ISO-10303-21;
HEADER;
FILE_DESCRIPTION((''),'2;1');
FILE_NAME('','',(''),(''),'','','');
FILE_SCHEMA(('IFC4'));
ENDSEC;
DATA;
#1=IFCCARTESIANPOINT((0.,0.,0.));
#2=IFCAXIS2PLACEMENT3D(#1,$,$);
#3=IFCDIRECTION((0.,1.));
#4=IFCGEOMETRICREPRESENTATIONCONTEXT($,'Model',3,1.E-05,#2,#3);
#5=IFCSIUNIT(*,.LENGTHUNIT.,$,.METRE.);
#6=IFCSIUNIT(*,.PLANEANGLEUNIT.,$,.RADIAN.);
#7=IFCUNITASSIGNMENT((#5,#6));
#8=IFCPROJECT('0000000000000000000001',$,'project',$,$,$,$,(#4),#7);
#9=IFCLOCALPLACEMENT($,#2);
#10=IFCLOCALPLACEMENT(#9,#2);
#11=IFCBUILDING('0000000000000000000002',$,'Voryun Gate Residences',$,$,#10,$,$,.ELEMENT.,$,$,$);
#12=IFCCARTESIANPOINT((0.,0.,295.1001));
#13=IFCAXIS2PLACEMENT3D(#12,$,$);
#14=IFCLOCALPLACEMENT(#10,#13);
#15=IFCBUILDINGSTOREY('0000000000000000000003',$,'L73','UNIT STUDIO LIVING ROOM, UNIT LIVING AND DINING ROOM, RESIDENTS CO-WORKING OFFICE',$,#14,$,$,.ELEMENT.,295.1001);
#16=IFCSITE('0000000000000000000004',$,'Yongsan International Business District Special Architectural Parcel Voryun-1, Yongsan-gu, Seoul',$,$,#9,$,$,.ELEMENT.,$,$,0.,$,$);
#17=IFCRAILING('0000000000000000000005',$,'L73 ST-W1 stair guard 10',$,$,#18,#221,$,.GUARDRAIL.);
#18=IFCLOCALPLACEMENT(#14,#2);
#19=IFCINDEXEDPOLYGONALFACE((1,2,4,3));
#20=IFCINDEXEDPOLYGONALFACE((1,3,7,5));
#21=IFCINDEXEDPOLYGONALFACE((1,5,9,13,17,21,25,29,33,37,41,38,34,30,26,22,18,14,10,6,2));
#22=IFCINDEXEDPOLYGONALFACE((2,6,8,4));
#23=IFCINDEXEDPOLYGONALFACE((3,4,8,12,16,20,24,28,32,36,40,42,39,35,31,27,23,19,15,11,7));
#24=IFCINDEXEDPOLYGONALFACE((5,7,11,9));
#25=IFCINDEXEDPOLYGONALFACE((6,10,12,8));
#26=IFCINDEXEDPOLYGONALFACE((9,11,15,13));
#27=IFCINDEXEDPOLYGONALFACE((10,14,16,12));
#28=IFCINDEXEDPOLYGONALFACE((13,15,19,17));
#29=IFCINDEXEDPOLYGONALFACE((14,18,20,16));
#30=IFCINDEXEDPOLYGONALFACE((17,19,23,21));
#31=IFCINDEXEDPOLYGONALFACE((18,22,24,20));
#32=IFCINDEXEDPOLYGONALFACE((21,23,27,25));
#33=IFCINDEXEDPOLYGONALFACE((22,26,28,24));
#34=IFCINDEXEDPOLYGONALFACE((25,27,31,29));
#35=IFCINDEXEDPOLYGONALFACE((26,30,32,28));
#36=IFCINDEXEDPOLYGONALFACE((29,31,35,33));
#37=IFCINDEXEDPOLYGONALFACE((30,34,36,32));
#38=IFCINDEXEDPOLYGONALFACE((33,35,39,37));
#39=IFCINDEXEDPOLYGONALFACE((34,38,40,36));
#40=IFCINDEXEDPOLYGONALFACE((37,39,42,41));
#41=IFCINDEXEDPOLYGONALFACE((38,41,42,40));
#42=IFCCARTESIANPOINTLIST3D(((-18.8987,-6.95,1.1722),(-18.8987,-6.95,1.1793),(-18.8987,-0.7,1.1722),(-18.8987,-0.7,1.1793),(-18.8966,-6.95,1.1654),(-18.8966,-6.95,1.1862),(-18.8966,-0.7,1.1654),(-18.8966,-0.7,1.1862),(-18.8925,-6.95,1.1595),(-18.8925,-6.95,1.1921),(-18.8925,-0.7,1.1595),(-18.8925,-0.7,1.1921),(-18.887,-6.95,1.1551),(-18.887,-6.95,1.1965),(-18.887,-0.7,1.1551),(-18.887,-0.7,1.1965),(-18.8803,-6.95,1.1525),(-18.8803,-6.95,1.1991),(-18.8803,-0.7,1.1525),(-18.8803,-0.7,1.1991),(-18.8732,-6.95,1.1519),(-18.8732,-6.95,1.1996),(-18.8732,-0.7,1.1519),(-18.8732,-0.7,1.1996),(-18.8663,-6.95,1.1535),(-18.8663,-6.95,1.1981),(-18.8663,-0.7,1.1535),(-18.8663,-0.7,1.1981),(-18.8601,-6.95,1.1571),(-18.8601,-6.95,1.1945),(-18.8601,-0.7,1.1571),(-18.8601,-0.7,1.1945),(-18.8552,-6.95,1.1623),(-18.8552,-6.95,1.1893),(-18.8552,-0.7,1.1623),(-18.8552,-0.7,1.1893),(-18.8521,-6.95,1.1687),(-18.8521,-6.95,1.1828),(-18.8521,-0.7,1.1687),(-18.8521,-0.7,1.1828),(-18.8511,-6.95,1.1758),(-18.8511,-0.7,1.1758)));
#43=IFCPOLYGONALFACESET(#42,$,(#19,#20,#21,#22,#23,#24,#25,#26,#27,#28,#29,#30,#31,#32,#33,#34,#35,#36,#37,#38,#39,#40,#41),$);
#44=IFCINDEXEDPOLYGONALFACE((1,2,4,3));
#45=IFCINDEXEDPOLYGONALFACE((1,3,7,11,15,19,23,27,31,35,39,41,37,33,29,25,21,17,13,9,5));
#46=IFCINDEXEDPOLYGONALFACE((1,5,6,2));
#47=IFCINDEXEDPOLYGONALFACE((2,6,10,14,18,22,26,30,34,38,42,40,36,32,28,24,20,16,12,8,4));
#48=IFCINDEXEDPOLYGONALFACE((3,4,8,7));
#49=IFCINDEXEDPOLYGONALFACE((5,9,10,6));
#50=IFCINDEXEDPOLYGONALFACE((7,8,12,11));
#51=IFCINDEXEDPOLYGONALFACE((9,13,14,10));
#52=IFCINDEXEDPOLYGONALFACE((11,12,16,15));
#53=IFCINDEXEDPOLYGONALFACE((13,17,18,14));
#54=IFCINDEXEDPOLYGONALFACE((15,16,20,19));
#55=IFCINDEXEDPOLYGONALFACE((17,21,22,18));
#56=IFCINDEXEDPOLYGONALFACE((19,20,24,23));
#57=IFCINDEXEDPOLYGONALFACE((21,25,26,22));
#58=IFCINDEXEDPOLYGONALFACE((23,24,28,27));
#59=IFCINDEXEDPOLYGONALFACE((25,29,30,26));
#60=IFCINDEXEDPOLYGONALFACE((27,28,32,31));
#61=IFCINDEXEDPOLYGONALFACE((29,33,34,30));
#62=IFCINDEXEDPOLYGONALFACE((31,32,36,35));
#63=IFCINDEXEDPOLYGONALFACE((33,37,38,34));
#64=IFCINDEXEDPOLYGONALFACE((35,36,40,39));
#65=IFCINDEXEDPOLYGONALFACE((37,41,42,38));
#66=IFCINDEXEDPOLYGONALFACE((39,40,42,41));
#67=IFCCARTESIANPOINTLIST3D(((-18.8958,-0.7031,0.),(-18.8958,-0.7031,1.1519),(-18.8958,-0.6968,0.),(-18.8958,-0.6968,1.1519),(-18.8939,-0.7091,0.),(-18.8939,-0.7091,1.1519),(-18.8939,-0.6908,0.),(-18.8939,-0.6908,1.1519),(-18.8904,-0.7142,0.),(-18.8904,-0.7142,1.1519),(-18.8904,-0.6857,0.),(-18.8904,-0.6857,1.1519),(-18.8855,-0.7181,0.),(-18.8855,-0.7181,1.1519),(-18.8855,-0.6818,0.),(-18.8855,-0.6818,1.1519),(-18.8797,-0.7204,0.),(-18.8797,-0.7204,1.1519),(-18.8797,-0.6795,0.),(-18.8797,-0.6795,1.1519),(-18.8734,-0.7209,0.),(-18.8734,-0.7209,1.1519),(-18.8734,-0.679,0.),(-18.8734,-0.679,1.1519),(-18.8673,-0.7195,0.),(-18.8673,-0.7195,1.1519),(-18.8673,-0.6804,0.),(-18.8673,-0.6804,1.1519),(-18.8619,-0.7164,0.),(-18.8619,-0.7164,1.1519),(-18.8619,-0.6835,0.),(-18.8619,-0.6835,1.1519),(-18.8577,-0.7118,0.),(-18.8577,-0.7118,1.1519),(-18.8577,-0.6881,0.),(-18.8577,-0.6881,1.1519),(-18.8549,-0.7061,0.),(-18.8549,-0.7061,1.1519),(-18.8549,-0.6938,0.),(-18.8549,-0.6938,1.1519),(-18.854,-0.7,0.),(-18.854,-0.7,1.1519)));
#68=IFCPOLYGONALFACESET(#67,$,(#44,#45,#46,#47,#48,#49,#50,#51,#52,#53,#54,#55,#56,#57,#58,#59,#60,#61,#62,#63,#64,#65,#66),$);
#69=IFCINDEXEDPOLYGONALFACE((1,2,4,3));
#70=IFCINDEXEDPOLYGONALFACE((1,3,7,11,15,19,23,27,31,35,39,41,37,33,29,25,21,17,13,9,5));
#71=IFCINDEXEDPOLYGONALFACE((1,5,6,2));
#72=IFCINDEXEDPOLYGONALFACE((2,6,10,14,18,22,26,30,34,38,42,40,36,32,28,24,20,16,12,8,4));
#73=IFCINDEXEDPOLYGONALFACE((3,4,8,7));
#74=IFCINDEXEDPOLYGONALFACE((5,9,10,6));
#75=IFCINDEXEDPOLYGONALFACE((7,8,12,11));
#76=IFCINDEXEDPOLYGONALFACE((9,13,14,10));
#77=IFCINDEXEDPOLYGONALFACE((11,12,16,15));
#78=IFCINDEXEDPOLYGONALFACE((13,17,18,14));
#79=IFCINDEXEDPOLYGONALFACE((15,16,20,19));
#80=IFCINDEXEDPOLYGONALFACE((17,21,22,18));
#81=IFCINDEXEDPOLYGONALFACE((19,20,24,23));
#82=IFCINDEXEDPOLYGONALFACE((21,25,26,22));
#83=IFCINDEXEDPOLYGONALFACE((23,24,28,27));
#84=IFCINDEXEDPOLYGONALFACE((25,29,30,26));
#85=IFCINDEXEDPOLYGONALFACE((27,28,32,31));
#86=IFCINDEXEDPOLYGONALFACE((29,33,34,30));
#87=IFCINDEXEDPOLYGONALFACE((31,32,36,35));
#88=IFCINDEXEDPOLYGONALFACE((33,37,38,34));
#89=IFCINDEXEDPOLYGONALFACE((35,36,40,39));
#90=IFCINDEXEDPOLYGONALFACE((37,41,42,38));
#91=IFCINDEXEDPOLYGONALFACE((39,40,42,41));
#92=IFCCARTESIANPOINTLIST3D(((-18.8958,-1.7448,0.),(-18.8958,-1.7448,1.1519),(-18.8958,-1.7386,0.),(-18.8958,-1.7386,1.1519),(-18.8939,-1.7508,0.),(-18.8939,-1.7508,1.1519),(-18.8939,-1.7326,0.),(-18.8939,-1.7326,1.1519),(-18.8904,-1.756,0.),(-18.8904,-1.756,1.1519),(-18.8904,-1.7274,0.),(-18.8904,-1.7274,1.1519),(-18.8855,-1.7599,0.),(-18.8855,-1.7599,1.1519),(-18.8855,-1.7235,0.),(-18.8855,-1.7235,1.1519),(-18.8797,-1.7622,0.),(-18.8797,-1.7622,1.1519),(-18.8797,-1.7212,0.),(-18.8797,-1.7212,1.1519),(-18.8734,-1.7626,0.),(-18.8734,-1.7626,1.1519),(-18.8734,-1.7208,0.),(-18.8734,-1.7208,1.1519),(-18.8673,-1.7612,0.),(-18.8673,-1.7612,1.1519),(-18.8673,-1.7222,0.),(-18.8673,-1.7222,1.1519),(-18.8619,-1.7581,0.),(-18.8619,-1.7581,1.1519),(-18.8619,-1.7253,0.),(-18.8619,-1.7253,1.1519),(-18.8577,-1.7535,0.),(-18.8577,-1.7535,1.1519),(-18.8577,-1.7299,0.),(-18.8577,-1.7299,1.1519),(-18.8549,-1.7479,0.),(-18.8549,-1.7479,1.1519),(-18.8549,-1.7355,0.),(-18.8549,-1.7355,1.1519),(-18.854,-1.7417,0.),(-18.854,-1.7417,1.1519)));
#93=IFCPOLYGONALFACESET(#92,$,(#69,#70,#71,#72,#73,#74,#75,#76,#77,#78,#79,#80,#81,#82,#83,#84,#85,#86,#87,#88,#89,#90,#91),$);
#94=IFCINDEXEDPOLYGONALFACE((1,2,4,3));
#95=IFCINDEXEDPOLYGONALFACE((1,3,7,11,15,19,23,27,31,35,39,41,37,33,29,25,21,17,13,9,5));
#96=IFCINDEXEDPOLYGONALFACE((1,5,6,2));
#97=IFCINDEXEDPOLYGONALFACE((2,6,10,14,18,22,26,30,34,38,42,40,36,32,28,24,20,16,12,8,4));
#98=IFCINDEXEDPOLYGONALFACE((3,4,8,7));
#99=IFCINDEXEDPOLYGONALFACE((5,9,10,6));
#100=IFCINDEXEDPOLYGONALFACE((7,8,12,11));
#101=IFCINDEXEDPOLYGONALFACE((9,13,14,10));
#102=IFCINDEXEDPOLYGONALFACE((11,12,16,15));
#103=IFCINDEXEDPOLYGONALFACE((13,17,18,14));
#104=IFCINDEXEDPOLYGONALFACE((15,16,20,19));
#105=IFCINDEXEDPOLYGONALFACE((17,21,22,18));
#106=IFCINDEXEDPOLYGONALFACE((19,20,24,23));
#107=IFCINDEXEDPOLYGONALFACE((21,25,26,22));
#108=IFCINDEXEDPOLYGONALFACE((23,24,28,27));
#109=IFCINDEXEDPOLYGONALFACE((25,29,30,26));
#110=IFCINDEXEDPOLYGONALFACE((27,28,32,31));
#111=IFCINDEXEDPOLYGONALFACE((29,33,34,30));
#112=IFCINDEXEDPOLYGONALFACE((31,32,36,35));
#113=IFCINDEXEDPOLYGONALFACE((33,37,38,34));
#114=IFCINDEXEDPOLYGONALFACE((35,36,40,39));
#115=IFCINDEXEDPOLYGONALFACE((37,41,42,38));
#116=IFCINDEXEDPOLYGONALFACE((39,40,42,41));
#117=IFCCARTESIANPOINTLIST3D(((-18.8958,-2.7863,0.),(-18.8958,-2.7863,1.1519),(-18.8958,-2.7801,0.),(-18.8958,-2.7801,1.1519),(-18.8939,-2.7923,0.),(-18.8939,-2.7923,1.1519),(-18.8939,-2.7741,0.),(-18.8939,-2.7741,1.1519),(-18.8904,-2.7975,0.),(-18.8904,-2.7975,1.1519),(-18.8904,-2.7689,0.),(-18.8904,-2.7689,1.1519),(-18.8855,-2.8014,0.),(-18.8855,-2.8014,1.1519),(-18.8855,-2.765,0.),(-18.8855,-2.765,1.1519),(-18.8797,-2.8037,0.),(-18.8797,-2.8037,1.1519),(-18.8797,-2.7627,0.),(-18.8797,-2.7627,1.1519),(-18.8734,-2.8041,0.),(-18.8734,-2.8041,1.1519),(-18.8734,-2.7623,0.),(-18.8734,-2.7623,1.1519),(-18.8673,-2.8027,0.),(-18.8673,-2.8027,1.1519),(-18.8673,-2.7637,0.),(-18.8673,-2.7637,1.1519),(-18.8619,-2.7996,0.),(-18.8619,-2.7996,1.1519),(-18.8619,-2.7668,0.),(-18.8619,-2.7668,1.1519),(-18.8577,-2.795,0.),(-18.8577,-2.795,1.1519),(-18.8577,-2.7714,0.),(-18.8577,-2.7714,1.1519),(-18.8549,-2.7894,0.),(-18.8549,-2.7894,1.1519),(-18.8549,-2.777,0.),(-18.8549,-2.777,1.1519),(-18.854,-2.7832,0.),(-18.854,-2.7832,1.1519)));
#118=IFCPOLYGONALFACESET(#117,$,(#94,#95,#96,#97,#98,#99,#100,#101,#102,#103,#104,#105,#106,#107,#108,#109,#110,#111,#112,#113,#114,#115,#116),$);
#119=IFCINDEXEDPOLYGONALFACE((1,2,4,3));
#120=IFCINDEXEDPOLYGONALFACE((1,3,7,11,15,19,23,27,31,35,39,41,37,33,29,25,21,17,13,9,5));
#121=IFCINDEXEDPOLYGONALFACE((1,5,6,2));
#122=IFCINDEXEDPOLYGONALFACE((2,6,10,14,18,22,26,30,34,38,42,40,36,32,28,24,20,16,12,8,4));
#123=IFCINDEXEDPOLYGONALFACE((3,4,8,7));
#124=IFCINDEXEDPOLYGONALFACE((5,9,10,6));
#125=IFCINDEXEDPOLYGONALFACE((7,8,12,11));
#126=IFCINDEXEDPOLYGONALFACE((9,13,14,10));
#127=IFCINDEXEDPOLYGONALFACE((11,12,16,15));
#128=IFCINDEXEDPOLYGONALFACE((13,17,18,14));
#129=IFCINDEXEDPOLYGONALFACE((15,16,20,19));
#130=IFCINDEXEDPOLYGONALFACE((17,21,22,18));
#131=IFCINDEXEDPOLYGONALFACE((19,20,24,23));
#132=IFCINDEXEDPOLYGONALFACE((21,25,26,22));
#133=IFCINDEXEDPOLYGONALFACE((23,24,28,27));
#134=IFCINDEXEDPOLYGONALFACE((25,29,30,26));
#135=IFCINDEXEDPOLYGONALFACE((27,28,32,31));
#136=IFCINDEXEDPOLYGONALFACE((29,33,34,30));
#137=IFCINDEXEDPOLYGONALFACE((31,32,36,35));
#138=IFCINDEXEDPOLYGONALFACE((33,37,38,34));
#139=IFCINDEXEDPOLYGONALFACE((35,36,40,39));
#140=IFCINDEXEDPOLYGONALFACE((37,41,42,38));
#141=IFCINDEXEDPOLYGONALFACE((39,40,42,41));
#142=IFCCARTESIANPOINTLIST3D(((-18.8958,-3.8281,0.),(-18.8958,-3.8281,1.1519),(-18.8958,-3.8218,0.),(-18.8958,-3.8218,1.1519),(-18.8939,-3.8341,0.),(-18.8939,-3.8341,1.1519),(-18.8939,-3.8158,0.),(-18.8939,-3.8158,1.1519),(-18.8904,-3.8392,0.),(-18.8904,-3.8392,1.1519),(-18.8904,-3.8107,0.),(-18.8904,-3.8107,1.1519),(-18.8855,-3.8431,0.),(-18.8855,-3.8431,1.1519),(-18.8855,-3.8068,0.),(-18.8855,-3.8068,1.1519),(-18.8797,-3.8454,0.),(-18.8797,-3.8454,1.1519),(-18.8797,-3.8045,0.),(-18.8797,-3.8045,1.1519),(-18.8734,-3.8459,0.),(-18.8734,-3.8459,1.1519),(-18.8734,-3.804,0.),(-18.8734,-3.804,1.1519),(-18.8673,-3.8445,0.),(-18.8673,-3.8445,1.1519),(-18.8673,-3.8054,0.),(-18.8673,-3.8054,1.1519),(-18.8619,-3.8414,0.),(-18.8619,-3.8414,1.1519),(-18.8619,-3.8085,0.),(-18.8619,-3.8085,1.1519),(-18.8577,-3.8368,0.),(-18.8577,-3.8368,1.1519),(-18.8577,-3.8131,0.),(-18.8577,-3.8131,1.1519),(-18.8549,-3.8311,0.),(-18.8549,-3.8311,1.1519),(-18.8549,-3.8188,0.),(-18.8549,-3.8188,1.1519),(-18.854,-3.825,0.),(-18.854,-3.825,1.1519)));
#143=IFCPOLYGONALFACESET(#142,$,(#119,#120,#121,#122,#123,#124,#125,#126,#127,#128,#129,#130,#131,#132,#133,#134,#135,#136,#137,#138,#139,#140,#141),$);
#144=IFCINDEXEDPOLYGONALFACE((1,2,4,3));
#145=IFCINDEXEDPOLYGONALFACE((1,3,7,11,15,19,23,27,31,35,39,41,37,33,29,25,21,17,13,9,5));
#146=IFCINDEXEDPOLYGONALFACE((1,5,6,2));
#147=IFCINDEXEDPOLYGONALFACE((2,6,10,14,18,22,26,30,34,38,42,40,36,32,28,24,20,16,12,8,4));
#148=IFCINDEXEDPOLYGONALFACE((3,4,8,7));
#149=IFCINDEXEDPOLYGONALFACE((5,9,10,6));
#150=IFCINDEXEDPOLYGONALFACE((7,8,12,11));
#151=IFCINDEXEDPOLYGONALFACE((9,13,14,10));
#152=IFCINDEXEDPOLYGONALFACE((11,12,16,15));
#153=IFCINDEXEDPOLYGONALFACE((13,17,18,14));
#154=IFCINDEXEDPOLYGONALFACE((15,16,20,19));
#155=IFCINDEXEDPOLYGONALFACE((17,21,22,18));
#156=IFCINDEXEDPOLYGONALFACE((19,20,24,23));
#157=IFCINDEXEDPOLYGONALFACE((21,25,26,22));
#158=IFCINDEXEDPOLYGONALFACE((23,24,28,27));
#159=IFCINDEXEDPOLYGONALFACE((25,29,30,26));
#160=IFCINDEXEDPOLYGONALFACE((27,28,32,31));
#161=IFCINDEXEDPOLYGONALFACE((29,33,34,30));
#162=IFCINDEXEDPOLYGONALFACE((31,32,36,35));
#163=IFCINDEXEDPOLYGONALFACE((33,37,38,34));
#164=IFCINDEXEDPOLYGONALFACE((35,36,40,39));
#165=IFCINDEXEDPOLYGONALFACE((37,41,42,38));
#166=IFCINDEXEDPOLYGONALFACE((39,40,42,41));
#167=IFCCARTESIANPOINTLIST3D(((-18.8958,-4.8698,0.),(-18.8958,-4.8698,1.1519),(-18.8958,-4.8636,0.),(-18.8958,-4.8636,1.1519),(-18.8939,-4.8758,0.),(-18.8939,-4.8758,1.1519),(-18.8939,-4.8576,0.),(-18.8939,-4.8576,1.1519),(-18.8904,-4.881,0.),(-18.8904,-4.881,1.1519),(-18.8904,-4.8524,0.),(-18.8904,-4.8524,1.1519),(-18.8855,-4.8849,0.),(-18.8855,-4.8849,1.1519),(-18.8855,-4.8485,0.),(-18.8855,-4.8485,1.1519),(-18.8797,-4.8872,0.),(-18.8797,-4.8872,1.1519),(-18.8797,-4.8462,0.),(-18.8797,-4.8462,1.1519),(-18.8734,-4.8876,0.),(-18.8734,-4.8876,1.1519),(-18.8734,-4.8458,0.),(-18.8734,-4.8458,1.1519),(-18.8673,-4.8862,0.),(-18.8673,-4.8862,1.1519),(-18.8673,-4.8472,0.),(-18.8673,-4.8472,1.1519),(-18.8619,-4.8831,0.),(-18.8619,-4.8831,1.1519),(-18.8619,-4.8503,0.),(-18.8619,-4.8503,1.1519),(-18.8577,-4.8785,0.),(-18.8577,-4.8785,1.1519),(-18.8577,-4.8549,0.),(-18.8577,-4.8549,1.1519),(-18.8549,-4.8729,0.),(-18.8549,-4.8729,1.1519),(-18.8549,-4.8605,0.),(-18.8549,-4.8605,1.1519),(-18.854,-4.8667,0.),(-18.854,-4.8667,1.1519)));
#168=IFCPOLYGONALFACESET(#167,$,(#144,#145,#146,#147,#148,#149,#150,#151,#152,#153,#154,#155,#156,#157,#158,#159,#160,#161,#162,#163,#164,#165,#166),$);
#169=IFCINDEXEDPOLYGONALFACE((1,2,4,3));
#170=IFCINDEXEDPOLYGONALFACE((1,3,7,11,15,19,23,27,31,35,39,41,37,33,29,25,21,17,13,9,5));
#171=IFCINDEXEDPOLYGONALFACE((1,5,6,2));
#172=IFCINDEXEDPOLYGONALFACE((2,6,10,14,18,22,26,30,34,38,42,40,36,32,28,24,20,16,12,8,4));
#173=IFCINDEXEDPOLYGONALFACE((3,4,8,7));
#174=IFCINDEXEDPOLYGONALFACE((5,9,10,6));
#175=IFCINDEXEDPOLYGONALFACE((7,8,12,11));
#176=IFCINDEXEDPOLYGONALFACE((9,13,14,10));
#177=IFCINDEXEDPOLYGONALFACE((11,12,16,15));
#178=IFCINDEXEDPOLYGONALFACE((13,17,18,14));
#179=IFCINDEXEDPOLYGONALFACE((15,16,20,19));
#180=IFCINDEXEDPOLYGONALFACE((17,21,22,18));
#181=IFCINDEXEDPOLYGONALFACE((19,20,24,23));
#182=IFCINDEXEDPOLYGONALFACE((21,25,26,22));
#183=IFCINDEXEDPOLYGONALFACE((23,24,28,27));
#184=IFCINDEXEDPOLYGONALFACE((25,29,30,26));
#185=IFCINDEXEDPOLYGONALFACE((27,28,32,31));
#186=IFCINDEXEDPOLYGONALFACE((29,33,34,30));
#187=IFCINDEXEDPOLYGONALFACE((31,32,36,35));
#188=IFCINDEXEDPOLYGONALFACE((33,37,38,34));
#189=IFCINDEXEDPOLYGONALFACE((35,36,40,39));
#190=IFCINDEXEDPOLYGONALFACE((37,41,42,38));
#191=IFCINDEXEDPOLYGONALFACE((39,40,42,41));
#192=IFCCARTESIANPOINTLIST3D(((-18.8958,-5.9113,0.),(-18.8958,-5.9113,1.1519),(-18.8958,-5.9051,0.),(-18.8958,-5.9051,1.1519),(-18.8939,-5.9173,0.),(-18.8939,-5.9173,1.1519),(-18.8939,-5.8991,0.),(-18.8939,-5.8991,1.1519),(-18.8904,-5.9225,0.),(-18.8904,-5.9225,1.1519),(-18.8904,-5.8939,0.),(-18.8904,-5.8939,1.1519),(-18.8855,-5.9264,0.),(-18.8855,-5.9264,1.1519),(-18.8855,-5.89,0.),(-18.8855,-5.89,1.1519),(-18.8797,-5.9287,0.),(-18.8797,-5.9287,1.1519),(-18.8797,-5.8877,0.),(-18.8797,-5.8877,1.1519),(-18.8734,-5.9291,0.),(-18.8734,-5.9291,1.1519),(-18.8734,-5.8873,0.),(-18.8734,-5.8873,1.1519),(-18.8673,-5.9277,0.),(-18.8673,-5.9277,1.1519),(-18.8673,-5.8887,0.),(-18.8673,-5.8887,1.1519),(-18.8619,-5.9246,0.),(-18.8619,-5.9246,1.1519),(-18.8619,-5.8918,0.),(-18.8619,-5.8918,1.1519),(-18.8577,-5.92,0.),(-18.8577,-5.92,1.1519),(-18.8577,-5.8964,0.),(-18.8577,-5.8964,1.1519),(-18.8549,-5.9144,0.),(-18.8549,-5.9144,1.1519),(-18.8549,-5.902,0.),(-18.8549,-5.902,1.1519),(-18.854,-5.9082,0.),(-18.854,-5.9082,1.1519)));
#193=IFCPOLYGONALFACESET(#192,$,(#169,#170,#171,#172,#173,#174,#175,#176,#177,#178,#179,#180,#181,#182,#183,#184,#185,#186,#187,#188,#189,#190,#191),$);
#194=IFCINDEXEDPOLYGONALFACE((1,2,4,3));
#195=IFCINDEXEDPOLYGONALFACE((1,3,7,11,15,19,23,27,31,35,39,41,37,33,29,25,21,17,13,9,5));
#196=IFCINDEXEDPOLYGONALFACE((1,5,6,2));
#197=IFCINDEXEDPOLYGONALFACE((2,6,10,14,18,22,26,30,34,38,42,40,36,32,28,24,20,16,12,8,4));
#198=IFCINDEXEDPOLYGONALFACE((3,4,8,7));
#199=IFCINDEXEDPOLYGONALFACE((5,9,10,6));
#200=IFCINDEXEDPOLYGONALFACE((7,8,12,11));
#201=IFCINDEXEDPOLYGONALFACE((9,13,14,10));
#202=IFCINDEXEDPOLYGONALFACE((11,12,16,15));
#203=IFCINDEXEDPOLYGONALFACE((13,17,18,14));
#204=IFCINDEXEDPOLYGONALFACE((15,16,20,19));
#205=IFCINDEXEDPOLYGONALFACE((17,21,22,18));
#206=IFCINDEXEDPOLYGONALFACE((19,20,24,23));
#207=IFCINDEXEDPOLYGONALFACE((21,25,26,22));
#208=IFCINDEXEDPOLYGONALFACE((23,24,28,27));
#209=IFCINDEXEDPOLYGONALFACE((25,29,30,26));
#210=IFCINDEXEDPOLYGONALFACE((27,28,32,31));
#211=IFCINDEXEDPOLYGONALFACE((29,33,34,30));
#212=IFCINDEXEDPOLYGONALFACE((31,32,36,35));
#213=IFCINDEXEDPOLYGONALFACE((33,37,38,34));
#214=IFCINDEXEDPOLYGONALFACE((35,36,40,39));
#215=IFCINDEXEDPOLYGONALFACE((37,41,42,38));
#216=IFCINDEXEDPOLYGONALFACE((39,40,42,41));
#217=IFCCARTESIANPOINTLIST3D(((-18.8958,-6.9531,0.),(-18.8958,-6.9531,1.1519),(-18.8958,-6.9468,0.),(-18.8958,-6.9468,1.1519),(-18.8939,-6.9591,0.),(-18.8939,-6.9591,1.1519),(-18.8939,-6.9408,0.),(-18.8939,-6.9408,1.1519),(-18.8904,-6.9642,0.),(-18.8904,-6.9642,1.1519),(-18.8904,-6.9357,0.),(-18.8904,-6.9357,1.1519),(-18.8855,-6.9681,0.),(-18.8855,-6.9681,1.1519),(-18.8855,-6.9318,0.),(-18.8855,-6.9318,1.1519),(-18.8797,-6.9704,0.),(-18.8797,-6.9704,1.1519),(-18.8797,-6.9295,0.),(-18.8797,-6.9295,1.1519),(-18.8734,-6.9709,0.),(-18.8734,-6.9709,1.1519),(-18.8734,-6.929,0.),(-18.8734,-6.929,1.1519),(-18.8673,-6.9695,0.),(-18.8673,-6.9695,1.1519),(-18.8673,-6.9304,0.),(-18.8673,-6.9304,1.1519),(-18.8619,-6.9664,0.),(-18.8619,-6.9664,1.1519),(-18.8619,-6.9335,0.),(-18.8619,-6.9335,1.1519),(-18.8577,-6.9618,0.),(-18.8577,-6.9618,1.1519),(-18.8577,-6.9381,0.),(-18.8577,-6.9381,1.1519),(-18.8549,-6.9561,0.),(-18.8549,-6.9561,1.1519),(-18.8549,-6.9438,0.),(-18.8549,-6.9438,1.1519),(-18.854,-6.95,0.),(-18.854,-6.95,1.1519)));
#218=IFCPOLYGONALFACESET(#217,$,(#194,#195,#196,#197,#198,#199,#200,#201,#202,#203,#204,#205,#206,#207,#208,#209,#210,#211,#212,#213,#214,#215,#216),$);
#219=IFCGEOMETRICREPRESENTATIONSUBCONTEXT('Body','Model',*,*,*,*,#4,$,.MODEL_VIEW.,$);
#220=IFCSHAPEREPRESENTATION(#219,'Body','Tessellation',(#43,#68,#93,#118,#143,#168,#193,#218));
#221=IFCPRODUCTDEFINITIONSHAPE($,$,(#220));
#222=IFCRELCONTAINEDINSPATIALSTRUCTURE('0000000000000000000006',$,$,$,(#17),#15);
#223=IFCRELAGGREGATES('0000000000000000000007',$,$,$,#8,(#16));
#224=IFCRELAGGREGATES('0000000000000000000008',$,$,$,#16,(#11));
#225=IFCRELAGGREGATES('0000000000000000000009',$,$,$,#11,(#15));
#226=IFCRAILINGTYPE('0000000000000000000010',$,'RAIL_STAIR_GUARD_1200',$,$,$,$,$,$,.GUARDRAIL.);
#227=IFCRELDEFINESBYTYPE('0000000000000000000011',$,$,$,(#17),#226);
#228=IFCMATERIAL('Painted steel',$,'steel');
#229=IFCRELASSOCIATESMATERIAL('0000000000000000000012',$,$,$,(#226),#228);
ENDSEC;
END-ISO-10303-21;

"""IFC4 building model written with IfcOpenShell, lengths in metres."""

from ifc_helpers import new_model, si_unit, direction, frame, origin, origin_2d, place, context, subcontext, project, spatial, circle, extrude, material, type_object, element, save


model = new_model("IFC4")

# Units and contexts
model_context = context("Model", 3, precision=1e-05, world=origin(), true_north=direction((0.0, 1.0)))
body_context = subcontext(model_context, "Body", "Model", "MODEL_VIEW")
ifc_project = project(units=[si_unit("LENGTHUNIT", "METRE"), si_unit("PLANEANGLEUNIT", "RADIAN")], contexts=[model_context])

# Site, building, storey
site_placement = place(None, origin())
site = spatial("IfcSite", under=ifc_project, at=site_placement, Name="Yongsan International Business District Special Architectural Parcel Voryun-1, Yongsan-gu, Seoul", CompositionType="ELEMENT", RefElevation=0.0)
building_placement = place(site_placement, origin())
building = spatial("IfcBuilding", under=site, at=building_placement, Name="Voryun Gate Residences", CompositionType="ELEMENT")
storey_placement = place(building_placement, frame((0.0, 0.0, 295.1001)))
storey = spatial("IfcBuildingStorey", under=building, at=storey_placement, Name="L73", Description="UNIT STUDIO LIVING ROOM, UNIT LIVING AND DINING ROOM, RESIDENTS CO-WORKING OFFICE", CompositionType="ELEMENT", Elevation=295.1001)

# Railing
ifc_material_1 = material(Name="Painted steel", Category="steel")
railing_type = type_object("IfcRailingType", Name="RAIL_STAIR_GUARD_1200", PredefinedType="GUARDRAIL", material=ifc_material_1)
railing_placement = place(storey_placement, frame((-18.875, -0.7, 0.0)))
element("IfcRailing", 1, at=railing_placement, inside=storey, type_object=railing_type, Name="L73 ST-W1 stair guard 10", PredefinedType="GUARDRAIL", context=body_context, shape_type="SweptSolid", body=[
    extrude(circle(Radius=0.0239, at=origin_2d()), frame((0.0, 0.0, 1.1758), z_axis=(0.0, -1.0, 0.0), x_axis=(1.0, 0.0, 0.0)), (0.0, 0.0, 1.0), 6.25),
    extrude(circle(Radius=0.021, at=origin_2d()), origin(), (0.0, 0.0, 1.0), 1.1519),
    extrude(circle(Radius=0.021, at=origin_2d()), frame((0.0, -1.0417, 0.0)), (0.0, 0.0, 1.0), 1.1519),
    extrude(circle(Radius=0.021, at=origin_2d()), frame((0.0, -2.0833, 0.0)), (0.0, 0.0, 1.0), 1.1519),
    extrude(circle(Radius=0.021, at=origin_2d()), frame((0.0, -3.125, 0.0)), (0.0, 0.0, 1.0), 1.1519),
    extrude(circle(Radius=0.021, at=origin_2d()), frame((0.0, -4.1667, 0.0)), (0.0, 0.0, 1.0), 1.1519),
    extrude(circle(Radius=0.021, at=origin_2d()), frame((0.0, -5.2083, 0.0)), (0.0, 0.0, 1.0), 1.1519),
    extrude(circle(Radius=0.021, at=origin_2d()), frame((0.0, -6.25, 0.0)), (0.0, 0.0, 1.0), 1.1519),
])

save(model, "model.ifc")
